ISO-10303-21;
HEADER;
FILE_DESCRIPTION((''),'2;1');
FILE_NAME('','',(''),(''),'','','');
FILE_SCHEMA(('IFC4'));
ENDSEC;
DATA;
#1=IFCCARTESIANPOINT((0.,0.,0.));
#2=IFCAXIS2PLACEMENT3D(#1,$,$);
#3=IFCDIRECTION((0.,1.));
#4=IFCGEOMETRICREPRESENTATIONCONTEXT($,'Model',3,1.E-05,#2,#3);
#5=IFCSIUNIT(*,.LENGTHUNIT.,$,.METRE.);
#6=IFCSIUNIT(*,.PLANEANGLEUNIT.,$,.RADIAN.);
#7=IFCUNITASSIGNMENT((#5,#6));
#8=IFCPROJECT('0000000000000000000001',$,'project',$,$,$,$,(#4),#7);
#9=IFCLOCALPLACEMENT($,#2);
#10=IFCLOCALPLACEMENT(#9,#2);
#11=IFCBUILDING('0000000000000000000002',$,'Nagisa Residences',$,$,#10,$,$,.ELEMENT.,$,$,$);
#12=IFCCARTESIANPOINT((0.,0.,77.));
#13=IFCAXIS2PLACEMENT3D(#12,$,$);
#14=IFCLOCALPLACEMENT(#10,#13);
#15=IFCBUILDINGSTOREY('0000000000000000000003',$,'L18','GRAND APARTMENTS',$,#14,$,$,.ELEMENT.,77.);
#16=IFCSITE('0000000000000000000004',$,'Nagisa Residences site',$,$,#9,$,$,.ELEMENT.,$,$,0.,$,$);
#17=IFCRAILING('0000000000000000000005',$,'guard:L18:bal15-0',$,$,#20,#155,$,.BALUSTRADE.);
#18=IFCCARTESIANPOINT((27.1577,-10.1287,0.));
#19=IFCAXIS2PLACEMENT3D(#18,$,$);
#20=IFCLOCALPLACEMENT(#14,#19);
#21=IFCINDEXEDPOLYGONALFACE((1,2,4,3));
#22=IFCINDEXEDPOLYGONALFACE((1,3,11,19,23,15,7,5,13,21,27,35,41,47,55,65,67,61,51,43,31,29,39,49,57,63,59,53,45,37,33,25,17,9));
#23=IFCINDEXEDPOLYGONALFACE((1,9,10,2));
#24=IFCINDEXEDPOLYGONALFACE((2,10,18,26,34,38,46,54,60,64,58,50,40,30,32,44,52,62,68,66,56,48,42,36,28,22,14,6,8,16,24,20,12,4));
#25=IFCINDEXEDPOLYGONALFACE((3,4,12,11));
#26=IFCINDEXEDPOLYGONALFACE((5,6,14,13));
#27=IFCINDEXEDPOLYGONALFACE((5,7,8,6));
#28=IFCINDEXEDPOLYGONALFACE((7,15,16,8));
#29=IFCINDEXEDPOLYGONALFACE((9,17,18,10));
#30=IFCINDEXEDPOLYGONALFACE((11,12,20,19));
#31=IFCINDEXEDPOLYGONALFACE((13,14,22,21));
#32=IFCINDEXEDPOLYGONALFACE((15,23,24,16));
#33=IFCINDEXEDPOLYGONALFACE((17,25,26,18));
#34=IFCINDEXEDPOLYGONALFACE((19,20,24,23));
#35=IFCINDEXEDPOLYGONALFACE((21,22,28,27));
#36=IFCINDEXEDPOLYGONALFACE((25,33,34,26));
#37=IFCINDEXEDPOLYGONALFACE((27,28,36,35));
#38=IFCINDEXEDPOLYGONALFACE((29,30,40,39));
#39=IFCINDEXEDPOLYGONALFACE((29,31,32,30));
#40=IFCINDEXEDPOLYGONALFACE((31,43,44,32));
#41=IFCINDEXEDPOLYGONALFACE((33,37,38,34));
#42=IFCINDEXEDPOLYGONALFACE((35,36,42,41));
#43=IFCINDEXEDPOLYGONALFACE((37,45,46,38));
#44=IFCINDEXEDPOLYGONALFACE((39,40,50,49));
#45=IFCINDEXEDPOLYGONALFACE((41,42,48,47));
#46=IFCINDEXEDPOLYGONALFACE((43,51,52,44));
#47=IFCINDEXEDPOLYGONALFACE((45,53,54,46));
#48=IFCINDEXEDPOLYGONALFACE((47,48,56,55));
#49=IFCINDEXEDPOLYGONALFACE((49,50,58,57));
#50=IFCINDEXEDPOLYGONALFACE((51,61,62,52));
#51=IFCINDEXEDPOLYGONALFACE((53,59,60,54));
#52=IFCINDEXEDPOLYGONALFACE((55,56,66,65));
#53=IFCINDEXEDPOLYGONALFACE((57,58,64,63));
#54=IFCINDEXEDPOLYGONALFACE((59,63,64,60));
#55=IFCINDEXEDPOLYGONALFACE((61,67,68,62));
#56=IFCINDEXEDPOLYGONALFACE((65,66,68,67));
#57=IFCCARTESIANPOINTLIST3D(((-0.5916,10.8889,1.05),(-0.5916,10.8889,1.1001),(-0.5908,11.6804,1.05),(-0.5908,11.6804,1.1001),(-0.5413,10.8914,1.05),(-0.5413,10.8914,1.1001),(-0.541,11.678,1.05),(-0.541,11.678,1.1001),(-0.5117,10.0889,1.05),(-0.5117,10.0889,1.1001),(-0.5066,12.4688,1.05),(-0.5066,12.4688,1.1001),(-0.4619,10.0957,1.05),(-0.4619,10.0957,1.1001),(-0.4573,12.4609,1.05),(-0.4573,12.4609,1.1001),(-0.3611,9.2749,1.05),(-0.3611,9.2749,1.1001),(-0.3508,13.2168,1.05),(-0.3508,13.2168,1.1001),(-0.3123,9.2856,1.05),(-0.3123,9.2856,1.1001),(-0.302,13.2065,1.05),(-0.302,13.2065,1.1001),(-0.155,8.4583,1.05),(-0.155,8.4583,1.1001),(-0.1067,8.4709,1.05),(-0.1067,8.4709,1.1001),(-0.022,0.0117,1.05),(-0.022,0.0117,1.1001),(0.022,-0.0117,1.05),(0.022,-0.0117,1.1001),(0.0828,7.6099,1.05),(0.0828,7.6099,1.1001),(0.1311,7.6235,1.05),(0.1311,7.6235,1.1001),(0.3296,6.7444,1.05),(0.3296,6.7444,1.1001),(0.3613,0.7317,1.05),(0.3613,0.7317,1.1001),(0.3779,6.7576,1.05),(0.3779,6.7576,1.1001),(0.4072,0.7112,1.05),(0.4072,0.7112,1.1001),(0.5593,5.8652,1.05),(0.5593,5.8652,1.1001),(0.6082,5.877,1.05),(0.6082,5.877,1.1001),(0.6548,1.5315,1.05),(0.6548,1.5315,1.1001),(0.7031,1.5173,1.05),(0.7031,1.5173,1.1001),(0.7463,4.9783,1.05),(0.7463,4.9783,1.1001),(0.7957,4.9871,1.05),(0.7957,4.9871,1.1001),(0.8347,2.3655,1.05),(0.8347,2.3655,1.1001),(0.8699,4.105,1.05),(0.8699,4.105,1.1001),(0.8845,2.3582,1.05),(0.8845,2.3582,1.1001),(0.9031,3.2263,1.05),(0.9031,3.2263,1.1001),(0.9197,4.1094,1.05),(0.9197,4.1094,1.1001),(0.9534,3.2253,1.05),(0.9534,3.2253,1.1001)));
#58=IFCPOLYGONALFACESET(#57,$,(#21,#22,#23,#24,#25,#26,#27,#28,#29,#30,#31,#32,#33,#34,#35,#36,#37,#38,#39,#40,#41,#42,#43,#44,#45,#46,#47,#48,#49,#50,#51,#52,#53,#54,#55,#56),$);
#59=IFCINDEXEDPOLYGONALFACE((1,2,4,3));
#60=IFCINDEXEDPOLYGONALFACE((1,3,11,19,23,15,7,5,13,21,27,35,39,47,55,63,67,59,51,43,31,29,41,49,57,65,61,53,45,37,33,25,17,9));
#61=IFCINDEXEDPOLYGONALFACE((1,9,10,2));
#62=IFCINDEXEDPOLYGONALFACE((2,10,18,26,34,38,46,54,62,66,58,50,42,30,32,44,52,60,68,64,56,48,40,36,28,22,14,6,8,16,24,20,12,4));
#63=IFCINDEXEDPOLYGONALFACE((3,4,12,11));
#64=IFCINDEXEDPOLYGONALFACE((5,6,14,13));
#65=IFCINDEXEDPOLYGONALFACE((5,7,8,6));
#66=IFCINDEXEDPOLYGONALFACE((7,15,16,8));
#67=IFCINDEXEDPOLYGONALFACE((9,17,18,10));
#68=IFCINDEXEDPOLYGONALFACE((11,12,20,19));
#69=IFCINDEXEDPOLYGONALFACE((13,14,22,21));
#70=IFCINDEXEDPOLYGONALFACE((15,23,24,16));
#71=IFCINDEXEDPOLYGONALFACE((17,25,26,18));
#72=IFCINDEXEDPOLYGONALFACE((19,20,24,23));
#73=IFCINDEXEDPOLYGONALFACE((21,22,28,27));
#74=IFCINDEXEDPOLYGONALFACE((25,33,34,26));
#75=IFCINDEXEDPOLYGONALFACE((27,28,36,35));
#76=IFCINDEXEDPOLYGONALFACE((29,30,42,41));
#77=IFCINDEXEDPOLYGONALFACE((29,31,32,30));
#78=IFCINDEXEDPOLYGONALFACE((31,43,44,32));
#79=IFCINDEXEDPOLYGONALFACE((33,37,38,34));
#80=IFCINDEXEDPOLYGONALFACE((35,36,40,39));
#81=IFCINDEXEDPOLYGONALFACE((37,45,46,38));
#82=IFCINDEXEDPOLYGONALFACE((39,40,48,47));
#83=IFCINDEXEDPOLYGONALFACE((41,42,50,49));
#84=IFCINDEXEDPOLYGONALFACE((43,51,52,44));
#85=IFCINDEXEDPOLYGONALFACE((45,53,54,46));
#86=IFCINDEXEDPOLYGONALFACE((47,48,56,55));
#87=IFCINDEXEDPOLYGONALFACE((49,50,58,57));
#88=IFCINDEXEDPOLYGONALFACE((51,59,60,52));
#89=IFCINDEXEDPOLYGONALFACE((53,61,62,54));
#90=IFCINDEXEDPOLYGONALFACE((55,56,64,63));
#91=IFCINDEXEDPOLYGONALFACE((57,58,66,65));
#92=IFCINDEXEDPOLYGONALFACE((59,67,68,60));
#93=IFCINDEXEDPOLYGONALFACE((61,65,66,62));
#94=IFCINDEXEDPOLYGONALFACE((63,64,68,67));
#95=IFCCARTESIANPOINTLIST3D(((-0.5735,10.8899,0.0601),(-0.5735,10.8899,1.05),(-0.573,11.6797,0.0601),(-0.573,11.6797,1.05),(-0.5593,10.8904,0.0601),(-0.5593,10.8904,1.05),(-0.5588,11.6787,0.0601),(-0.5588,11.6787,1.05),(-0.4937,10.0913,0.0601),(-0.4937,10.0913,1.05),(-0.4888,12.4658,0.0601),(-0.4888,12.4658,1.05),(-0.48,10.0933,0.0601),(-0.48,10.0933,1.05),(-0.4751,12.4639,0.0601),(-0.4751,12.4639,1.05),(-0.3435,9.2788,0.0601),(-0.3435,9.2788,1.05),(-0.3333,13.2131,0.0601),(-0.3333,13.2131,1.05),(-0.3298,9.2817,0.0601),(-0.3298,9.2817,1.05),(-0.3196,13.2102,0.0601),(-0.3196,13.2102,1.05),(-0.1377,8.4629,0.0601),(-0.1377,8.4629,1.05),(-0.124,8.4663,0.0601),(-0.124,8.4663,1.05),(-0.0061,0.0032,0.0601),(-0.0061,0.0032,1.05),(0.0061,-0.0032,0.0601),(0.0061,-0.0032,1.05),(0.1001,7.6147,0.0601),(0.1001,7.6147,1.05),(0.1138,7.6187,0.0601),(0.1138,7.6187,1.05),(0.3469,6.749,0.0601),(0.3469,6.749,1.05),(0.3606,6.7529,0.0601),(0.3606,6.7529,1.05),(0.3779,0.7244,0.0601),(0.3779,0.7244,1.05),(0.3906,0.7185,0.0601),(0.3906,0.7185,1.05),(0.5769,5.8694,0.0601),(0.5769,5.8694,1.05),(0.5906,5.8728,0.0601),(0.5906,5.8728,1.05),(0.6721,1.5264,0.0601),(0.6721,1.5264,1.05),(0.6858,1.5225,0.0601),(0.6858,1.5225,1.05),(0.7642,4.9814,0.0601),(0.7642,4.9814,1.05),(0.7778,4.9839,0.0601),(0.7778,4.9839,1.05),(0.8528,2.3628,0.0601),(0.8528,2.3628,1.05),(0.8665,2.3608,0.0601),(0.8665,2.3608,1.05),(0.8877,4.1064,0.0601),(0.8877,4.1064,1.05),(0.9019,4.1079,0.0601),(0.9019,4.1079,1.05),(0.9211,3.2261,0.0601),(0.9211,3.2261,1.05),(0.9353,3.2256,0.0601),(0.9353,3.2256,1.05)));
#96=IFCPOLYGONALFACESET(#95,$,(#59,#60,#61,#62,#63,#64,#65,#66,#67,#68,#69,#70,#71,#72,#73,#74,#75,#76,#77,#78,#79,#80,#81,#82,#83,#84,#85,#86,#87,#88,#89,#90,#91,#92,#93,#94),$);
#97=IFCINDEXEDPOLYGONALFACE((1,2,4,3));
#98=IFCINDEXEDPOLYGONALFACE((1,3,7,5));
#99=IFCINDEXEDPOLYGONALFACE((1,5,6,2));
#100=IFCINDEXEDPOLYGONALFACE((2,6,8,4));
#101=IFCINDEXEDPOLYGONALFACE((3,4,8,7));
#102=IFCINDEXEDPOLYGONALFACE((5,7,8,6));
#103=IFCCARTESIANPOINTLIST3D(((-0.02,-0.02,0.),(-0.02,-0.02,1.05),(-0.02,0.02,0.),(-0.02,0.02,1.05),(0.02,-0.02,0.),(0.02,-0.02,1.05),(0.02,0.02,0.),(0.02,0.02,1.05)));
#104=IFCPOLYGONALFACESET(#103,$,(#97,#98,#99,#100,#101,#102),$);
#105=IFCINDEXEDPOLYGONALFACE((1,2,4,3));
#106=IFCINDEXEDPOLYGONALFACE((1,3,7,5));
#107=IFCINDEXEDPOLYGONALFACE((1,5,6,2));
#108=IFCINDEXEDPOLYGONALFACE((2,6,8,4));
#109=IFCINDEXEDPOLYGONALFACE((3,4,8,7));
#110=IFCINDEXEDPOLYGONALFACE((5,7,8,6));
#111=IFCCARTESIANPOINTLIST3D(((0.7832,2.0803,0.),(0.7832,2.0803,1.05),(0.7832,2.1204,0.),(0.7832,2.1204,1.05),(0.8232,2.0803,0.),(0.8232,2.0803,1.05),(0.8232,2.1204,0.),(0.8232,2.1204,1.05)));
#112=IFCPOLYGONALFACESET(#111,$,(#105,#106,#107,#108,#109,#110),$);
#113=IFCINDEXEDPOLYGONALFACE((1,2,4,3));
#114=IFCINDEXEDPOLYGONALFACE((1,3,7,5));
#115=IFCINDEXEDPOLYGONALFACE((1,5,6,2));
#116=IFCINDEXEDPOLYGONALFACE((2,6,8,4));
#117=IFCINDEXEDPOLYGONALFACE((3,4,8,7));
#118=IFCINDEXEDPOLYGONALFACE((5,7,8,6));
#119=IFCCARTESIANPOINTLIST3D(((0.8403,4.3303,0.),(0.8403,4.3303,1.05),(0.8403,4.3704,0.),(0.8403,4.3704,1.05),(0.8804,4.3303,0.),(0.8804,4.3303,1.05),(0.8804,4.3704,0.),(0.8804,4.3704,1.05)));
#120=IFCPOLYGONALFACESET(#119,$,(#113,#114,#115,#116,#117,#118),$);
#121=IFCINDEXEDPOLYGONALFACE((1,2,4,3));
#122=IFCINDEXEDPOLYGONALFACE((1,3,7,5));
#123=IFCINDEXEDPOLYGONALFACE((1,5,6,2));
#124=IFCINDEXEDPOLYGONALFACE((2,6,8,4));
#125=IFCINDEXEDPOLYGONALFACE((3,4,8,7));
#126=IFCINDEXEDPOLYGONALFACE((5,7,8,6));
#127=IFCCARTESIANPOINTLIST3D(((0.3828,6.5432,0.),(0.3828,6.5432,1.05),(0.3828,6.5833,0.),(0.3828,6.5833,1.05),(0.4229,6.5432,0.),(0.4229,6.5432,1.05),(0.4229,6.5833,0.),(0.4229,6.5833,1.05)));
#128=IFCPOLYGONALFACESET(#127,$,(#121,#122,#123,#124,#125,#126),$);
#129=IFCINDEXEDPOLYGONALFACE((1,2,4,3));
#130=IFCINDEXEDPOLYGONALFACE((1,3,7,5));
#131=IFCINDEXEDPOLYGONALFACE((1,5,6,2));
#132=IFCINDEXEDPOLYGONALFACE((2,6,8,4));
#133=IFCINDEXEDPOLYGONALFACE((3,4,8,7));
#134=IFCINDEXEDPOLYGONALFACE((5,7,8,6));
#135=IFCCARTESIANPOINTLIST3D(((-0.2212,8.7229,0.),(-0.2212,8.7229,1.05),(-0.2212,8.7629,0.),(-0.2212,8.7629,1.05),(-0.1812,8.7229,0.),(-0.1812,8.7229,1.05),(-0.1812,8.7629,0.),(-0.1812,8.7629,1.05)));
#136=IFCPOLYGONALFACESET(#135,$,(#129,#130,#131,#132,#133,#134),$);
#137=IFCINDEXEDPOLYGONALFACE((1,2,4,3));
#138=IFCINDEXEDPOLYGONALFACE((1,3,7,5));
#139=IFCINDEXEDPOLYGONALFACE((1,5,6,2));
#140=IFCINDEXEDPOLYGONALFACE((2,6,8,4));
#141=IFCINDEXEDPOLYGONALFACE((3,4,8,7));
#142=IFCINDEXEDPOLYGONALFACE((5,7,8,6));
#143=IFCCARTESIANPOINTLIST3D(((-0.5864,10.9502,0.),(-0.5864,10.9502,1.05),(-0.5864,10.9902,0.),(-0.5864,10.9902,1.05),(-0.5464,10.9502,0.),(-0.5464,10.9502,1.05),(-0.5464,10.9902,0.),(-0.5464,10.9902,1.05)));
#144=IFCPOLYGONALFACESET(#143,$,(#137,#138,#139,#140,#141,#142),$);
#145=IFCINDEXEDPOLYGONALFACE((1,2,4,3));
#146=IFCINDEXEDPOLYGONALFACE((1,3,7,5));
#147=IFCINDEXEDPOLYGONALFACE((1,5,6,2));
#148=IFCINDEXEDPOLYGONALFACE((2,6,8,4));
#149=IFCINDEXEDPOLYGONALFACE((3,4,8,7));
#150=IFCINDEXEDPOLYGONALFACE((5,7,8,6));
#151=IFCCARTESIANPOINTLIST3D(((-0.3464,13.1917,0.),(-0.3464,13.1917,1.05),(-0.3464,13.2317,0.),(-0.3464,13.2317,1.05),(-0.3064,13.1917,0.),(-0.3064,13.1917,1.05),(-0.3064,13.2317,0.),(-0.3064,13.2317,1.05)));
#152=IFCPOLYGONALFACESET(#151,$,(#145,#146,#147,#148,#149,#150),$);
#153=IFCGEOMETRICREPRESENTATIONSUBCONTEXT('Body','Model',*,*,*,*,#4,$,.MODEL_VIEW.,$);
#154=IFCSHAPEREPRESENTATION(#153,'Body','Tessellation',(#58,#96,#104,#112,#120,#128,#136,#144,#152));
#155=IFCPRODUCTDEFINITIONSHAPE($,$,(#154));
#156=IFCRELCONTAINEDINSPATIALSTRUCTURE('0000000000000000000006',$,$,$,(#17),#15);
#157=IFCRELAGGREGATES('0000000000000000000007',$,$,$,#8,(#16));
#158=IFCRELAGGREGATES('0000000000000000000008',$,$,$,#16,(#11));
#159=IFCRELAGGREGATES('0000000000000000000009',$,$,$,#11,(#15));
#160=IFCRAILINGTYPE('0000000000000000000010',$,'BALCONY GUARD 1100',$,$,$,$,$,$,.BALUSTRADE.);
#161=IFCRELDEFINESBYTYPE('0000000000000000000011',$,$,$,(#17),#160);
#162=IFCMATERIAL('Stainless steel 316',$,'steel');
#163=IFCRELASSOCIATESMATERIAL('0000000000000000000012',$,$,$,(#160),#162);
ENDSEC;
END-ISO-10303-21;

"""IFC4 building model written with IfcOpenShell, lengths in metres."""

from ifc_helpers import new_model, si_unit, direction, frame, origin, origin_2d, place, context, subcontext, project, spatial, polyline, rectangle, outline, extrude, material, type_object, element, save


model = new_model("IFC4")

# Units and contexts
model_context = context("Model", 3, precision=1e-05, world=origin(), true_north=direction((0.0, 1.0)))
body_context = subcontext(model_context, "Body", "Model", "MODEL_VIEW")
ifc_project = project(units=[si_unit("LENGTHUNIT", "METRE"), si_unit("PLANEANGLEUNIT", "RADIAN")], contexts=[model_context])

# Site, building, storey
site_placement = place(None, origin())
site = spatial("IfcSite", under=ifc_project, at=site_placement, Name="Nagisa Residences site", CompositionType="ELEMENT", RefElevation=0.0)
building_placement = place(site_placement, origin())
building = spatial("IfcBuilding", under=site, at=building_placement, Name="Nagisa Residences", CompositionType="ELEMENT")
storey_placement = place(building_placement, frame((0.0, 0.0, 77.0)))
storey = spatial("IfcBuildingStorey", under=building, at=storey_placement, Name="L18", Description="GRAND APARTMENTS", CompositionType="ELEMENT", Elevation=77.0)

# Railing
ifc_material_1 = material(Name="Stainless steel 316", Category="steel")
railing_type_1 = type_object("IfcRailingType", Name="BALCONY GUARD 1100", PredefinedType="BALUSTRADE", material=ifc_material_1)
railing_1_placement = place(storey_placement, frame((27.1577, -10.1287, 0.0)))
element("IfcRailing", 1, at=railing_1_placement, inside=storey, type_object=railing_type_1, Name="guard:L18:bal15-0", PredefinedType="BALUSTRADE", context=body_context, shape_type="SweptSolid", body=[
    extrude(outline(polyline([(0.3613, 0.7317), (-0.022, 0.0117), (0.022, -0.0117), (0.4072, 0.7112), (0.7031, 1.5173), (0.8845, 2.3582), (0.9534, 3.2253), (0.9197, 4.1094), (0.7957, 4.9871), (0.6082, 5.877), (0.3779, 6.7576), (0.1311, 7.6235), (-0.1067, 8.4709), (-0.3123, 9.2856), (-0.4619, 10.0957), (-0.5413, 10.8914), (-0.541, 11.678), (-0.4573, 12.4609), (-0.302, 13.2065), (-0.3508, 13.2168), (-0.5066, 12.4688), (-0.5908, 11.6804), (-0.5916, 10.8889), (-0.5117, 10.0889), (-0.3611, 9.2749), (-0.155, 8.4583), (0.0828, 7.6099), (0.3296, 6.7444), (0.5593, 5.8652), (0.7463, 4.9783), (0.8699, 4.105), (0.9031, 3.2263), (0.8347, 2.3655), (0.6548, 1.5315), (0.3613, 0.7317)])), frame((0.0, 0.0, 1.05)), (0.0, 0.0, 1.0), 0.05),
    extrude(outline(polyline([(0.3779, 0.7244), (-0.0061, 0.0032), (0.0061, -0.0032), (0.3906, 0.7185), (0.6858, 1.5225), (0.8665, 2.3608), (0.9353, 3.2256), (0.9019, 4.1079), (0.7778, 4.9839), (0.5906, 5.8728), (0.3606, 6.7529), (0.1138, 7.6187), (-0.124, 8.4663), (-0.3298, 9.2817), (-0.48, 10.0933), (-0.5593, 10.8904), (-0.5588, 11.6787), (-0.4751, 12.4639), (-0.3196, 13.2102), (-0.3333, 13.2131), (-0.4888, 12.4658), (-0.573, 11.6797), (-0.5735, 10.8899), (-0.4937, 10.0913), (-0.3435, 9.2788), (-0.1377, 8.4629), (0.1001, 7.6147), (0.3469, 6.749), (0.5769, 5.8694), (0.7642, 4.9814), (0.8877, 4.1064), (0.9211, 3.2261), (0.8528, 2.3628), (0.6721, 1.5264), (0.3779, 0.7244)])), frame((0.0, 0.0, 0.0601)), (0.0, 0.0, 1.0), 0.99),
    extrude(rectangle(XDim=0.04, YDim=0.04, at=origin_2d()), origin(), (0.0, 0.0, 1.0), 1.05),
    extrude(rectangle(XDim=0.04, YDim=0.04, at=origin_2d()), frame((0.8032, 2.1003, 0.0)), (0.0, 0.0, 1.0), 1.05),
    extrude(rectangle(XDim=0.04, YDim=0.04, at=origin_2d()), frame((0.8604, 4.3503, 0.0)), (0.0, 0.0, 1.0), 1.05),
    extrude(rectangle(XDim=0.04, YDim=0.04, at=origin_2d()), frame((0.4028, 6.5632, 0.0)), (0.0, 0.0, 1.0), 1.05),
    extrude(rectangle(XDim=0.04, YDim=0.04, at=origin_2d()), frame((-0.2012, 8.7429, 0.0)), (0.0, 0.0, 1.0), 1.05),
    extrude(rectangle(XDim=0.04, YDim=0.04, at=origin_2d()), frame((-0.5664, 10.9702, 0.0)), (0.0, 0.0, 1.0), 1.05),
    extrude(rectangle(XDim=0.04, YDim=0.04, at=origin_2d()), frame((-0.3264, 13.2117, 0.0)), (0.0, 0.0, 1.0), 1.05),
])

save(model, "model.ifc")
